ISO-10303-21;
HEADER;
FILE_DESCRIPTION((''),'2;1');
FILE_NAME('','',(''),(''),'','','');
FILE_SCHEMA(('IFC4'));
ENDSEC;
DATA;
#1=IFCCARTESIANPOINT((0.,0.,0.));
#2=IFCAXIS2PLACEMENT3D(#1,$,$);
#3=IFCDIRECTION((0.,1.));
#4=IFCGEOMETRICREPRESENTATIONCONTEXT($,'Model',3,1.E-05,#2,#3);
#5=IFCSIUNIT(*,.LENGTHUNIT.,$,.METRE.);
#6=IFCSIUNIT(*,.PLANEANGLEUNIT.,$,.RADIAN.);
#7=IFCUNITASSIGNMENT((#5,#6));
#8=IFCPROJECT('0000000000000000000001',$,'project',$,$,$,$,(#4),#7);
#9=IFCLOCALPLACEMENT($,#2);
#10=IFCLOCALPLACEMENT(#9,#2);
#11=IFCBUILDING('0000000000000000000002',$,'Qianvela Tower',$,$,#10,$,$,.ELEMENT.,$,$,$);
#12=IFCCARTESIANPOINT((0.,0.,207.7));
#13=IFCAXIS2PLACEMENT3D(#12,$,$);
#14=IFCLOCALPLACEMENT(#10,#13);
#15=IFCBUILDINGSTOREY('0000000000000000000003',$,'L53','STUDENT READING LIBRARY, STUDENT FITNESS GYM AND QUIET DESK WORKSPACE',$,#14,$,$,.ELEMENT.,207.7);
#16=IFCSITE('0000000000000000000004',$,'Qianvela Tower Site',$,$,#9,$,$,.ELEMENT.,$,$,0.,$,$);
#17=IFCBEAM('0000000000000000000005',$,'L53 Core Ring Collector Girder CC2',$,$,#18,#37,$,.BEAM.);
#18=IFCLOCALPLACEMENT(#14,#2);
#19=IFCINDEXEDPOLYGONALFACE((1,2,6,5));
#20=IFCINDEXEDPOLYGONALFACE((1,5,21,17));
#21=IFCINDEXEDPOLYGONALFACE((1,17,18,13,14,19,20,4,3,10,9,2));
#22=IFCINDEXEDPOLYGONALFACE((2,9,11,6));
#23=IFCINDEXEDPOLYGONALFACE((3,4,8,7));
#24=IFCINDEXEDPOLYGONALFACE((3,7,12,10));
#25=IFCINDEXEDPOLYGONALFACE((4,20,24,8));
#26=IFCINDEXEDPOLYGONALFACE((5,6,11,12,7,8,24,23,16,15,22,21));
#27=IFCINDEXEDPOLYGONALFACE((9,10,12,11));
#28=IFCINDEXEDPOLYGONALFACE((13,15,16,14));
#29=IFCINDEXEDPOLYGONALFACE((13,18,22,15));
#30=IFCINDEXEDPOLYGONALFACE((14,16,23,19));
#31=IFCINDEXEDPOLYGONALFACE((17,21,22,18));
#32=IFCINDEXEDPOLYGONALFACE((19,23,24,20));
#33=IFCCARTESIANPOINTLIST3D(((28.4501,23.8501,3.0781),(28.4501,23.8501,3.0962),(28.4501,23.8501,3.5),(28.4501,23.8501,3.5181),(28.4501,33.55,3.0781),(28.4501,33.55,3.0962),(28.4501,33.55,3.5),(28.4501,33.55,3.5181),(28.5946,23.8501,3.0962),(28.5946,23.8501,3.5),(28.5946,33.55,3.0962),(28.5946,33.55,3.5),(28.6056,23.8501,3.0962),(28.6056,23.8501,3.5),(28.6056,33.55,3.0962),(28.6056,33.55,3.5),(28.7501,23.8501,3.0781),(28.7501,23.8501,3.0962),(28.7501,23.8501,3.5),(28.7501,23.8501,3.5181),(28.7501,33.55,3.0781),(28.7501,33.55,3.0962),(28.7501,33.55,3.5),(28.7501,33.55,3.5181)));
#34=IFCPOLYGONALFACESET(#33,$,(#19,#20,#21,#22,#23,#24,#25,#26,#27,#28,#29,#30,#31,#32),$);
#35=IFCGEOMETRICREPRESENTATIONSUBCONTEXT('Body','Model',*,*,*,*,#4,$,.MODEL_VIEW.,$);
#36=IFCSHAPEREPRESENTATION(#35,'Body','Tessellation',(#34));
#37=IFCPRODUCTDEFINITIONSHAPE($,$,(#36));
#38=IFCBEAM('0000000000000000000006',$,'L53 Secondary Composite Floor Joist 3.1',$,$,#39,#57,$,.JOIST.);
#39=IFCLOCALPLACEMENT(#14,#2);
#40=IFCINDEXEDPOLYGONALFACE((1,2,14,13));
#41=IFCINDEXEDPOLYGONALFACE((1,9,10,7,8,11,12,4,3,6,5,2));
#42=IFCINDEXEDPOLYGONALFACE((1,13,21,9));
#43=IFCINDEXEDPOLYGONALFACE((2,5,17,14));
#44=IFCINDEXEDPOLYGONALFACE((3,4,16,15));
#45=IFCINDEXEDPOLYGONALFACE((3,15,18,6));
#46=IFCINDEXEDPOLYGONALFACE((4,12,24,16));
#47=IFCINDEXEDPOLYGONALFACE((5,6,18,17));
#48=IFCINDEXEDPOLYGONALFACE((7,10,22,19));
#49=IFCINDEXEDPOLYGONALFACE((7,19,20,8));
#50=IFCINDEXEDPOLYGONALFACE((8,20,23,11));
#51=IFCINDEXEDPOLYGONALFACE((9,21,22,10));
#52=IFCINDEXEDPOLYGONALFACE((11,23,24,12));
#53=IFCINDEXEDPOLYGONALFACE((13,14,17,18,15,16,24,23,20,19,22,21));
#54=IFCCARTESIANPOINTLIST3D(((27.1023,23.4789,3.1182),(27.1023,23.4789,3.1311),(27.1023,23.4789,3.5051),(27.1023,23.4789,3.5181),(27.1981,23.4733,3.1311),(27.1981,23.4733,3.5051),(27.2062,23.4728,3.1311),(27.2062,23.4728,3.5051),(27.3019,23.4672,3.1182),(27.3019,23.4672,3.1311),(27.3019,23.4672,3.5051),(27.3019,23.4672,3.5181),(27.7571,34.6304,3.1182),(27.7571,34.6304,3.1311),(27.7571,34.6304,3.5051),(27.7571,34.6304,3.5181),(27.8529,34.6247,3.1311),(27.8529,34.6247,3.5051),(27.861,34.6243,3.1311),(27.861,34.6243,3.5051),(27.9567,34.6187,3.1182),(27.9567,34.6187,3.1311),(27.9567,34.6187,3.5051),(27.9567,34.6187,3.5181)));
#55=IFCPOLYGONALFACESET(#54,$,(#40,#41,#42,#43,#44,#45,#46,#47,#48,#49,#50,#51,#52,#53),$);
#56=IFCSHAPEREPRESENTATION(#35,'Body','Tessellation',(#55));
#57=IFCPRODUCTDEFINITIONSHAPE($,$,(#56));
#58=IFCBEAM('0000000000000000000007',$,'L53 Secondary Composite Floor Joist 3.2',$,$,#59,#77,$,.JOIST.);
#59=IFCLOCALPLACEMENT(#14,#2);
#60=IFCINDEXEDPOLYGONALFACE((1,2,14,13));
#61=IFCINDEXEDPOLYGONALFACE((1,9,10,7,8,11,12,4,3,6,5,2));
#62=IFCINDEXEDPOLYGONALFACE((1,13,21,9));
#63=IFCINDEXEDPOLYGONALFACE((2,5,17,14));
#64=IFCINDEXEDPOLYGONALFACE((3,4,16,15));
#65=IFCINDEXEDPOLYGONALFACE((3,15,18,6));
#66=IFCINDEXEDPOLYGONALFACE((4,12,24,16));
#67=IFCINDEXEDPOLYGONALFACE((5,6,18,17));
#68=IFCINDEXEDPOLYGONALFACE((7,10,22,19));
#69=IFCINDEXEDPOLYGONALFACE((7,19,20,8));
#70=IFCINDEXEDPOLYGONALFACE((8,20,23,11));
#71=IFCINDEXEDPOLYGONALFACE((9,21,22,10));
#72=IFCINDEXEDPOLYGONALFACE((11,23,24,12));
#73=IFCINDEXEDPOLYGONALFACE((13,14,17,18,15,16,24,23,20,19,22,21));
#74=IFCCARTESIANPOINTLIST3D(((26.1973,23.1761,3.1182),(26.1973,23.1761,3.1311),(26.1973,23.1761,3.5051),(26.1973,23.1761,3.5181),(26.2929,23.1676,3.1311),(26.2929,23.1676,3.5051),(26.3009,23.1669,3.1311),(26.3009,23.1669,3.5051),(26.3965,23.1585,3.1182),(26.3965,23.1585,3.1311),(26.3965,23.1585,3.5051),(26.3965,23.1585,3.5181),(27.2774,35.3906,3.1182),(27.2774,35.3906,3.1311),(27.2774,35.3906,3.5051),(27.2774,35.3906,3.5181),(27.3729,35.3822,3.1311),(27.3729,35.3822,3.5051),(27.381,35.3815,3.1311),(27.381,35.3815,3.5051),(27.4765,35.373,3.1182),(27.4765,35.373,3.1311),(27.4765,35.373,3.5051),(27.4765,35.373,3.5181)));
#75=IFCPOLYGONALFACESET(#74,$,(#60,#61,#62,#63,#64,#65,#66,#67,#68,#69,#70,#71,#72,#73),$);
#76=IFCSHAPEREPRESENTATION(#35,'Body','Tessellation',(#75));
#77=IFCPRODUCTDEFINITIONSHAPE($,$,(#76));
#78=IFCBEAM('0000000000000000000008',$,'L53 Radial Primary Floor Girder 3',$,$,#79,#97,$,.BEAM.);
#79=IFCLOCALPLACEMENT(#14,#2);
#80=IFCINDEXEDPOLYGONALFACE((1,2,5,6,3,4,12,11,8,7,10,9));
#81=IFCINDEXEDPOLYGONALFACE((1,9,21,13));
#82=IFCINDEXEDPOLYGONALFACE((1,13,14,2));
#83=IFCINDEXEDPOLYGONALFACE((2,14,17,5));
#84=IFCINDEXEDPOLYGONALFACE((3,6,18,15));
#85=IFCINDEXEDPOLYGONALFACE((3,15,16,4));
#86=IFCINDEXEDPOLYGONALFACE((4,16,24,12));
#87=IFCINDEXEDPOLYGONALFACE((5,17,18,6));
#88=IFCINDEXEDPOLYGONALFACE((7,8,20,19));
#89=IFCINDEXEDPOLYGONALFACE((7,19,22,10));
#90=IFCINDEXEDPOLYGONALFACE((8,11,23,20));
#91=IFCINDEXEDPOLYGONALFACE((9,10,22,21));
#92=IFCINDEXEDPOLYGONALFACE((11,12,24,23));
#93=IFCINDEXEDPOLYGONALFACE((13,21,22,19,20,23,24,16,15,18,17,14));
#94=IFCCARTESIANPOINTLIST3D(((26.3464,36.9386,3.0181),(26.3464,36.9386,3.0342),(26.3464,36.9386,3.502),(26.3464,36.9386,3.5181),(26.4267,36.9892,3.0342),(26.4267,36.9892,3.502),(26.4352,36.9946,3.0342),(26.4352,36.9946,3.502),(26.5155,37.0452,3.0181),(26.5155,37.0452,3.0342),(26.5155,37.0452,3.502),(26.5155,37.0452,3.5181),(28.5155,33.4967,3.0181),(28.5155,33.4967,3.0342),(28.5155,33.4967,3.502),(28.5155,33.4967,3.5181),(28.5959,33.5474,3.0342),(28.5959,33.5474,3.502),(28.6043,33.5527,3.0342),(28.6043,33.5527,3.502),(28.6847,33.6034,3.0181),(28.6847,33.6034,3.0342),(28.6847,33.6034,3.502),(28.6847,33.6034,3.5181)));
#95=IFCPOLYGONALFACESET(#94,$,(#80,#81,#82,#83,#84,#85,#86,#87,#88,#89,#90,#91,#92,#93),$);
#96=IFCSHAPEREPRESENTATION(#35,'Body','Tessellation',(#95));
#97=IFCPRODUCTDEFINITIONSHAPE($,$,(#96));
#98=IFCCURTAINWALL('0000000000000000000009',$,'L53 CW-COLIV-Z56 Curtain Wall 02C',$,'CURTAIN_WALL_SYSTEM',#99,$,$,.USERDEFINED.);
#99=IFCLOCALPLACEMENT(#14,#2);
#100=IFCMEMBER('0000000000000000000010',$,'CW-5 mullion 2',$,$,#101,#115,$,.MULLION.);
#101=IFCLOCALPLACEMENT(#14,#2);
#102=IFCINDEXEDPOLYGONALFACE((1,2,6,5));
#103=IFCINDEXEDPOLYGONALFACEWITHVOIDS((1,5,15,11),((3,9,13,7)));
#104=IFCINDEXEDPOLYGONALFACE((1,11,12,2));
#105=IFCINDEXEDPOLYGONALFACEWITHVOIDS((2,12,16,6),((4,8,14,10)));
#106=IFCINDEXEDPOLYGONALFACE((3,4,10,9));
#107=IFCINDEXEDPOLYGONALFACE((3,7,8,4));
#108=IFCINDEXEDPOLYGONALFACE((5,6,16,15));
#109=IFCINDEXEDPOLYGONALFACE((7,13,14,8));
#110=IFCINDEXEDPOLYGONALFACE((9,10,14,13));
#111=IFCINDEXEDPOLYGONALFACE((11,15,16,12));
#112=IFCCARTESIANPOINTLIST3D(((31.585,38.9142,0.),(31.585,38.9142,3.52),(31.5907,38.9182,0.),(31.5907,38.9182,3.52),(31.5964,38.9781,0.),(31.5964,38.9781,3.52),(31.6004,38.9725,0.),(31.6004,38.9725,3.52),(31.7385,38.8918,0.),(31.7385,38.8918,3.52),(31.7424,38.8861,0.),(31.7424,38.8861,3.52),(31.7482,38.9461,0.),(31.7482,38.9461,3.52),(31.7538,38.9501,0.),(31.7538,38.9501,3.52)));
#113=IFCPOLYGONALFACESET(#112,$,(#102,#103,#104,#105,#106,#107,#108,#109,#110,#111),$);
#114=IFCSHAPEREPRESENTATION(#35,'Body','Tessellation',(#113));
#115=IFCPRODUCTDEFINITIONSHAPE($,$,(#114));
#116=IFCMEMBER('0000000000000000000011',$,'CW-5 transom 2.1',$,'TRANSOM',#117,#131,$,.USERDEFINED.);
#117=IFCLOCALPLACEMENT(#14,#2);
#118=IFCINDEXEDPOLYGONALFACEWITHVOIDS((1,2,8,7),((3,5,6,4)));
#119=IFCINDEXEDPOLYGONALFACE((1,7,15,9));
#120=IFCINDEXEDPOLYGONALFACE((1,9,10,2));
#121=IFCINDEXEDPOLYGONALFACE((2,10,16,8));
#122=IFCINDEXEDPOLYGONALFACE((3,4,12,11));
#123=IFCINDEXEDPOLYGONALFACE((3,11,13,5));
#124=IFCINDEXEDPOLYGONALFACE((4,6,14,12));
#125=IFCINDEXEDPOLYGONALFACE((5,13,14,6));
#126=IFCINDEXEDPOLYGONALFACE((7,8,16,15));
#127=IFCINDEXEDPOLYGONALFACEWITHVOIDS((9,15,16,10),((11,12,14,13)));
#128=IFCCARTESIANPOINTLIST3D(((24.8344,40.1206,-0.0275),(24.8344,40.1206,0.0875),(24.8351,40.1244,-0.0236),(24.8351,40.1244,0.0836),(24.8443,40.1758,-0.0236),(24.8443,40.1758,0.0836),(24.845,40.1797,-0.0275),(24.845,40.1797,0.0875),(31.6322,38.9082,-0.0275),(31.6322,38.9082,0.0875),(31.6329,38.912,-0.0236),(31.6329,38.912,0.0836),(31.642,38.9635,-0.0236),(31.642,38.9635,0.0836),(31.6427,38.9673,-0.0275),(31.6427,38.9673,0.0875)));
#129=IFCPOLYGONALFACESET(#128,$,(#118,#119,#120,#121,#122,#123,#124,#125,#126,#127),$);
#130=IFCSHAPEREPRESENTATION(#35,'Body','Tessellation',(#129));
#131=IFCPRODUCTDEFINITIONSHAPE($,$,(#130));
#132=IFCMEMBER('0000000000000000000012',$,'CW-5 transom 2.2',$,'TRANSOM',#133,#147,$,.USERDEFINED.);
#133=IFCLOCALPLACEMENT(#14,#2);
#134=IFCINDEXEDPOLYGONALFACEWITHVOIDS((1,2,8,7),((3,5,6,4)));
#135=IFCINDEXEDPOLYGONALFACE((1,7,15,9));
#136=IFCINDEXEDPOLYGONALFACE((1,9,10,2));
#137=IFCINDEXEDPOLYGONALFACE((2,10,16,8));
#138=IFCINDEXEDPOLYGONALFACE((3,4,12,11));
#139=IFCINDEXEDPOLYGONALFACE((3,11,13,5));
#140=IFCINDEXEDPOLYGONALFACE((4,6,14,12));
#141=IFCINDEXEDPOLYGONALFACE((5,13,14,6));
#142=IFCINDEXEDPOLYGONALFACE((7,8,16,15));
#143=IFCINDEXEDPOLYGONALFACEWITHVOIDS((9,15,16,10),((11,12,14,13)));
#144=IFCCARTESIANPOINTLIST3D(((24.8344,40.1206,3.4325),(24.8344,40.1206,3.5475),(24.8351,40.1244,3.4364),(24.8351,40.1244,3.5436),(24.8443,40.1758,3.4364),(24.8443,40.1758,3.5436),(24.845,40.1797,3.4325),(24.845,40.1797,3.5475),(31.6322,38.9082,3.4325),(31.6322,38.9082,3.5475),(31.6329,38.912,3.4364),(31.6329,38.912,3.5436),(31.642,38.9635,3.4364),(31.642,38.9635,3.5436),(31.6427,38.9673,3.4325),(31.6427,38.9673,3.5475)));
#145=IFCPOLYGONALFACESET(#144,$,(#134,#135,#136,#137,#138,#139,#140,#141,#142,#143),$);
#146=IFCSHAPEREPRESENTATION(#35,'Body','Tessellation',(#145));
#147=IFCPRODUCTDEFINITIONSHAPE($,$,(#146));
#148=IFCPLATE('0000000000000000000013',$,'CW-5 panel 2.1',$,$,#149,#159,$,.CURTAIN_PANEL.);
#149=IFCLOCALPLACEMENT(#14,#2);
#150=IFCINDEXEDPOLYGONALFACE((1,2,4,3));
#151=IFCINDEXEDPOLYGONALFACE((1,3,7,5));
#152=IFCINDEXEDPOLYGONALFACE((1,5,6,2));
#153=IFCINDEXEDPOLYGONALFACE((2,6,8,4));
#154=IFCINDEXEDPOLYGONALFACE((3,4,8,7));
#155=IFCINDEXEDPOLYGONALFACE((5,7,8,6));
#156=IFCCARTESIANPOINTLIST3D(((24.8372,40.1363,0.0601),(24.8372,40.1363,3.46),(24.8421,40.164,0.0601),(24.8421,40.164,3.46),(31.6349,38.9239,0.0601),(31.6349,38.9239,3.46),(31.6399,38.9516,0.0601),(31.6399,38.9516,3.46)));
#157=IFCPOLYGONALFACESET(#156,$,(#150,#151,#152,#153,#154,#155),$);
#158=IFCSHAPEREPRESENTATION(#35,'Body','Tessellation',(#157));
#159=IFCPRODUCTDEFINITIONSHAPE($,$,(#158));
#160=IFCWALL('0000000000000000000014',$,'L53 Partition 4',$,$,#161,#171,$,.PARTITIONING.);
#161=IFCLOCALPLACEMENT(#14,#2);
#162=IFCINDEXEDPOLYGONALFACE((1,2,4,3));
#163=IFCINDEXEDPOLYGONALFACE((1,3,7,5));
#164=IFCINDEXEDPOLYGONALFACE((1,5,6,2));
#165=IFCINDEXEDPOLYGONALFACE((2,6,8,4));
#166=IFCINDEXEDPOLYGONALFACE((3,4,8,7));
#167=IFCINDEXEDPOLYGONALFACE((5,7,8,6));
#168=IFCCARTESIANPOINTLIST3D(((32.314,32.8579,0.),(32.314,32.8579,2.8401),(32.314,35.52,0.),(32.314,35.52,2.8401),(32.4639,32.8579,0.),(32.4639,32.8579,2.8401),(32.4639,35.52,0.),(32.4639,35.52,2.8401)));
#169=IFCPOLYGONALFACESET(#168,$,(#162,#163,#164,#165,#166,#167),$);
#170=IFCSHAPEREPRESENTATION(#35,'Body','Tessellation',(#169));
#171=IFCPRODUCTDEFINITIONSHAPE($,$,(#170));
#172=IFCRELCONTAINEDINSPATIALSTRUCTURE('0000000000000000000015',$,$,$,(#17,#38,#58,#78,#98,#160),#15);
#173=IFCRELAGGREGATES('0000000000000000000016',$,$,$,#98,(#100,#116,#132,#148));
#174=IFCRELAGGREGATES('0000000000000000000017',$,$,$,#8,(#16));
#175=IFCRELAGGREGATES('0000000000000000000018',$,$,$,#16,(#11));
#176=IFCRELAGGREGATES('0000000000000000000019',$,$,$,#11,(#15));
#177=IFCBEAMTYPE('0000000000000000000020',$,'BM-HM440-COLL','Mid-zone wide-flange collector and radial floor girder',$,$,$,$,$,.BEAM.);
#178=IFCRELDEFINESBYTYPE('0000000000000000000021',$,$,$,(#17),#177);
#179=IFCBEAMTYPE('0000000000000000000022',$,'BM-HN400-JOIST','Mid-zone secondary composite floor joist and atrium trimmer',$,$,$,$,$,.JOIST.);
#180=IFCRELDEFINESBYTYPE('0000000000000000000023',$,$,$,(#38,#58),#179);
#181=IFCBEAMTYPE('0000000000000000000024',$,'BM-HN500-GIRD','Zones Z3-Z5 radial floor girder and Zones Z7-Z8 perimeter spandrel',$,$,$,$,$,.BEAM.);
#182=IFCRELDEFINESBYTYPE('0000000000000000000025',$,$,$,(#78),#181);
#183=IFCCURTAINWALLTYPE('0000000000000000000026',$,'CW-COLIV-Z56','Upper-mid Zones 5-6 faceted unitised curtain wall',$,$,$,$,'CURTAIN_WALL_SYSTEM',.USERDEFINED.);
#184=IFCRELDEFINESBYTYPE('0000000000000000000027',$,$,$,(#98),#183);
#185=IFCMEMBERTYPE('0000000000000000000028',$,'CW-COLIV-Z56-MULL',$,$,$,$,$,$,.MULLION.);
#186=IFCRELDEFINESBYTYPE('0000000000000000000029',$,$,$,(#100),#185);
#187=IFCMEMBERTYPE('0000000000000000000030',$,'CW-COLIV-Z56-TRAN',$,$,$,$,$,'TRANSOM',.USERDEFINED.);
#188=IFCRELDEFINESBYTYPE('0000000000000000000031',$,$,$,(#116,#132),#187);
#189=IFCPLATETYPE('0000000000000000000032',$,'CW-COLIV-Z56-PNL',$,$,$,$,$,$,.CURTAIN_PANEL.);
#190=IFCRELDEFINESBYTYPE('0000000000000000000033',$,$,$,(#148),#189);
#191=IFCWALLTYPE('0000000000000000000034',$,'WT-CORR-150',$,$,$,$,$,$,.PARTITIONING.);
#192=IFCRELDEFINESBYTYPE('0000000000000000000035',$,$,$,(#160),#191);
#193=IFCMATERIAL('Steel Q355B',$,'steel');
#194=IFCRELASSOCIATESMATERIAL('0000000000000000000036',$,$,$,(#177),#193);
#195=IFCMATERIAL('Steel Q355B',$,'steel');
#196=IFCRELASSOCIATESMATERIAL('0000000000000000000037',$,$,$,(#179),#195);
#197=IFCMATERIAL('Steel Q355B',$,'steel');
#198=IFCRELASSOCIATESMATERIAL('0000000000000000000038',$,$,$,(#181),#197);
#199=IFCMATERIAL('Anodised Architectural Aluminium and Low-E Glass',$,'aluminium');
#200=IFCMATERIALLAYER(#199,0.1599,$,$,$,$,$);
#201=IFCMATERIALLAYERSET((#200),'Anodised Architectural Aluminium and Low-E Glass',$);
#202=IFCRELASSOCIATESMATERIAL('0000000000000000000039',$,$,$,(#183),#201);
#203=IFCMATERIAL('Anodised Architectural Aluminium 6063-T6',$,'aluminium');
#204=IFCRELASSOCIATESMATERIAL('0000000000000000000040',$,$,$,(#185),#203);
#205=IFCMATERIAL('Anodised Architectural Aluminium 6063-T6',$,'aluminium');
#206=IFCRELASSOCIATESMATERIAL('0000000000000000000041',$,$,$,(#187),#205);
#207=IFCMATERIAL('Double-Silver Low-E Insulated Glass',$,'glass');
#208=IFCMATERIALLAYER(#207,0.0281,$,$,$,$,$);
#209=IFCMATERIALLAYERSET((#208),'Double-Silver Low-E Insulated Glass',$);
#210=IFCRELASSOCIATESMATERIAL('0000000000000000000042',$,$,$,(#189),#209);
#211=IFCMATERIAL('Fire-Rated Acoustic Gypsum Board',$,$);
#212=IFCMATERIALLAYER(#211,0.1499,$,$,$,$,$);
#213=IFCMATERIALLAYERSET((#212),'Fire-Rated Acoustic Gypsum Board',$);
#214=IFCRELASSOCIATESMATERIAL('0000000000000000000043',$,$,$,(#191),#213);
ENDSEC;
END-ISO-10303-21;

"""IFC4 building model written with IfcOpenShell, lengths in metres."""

from ifc_helpers import new_model, si_unit, direction, frame, frame_2d, origin, origin_2d, place, context, subcontext, project, spatial, rectangle, hollow_rectangle, i_section, extrude, material, layer, layer_set, material_profile, profile_set, type_object, element, aggregate, save


model = new_model("IFC4")

# Units and contexts
model_context = context("Model", 3, precision=1e-05, world=origin(), true_north=direction((0.0, 1.0)))
body_context = subcontext(model_context, "Body", "Model", "MODEL_VIEW")
ifc_project = project(units=[si_unit("LENGTHUNIT", "METRE"), si_unit("PLANEANGLEUNIT", "RADIAN")], contexts=[model_context])

# Site, building, storey
site_placement = place(None, origin())
site = spatial("IfcSite", under=ifc_project, at=site_placement, Name="Qianvela Tower Site", CompositionType="ELEMENT", RefElevation=0.0)
building_placement = place(site_placement, origin())
building = spatial("IfcBuilding", under=site, at=building_placement, Name="Qianvela Tower", CompositionType="ELEMENT")
storey_placement = place(building_placement, frame((0.0, 0.0, 207.7)))
storey = spatial("IfcBuildingStorey", under=building, at=storey_placement, Name="L53", Description="STUDENT READING LIBRARY, STUDENT FITNESS GYM AND QUIET DESK WORKSPACE", CompositionType="ELEMENT", Elevation=207.7)

# Beams
ifc_material_1 = material(Name="Steel Q355B", Category="steel")
ifc_material_profile_1 = material_profile(ifc_material_1, i_section(OverallWidth=0.3, OverallDepth=0.4399, WebThickness=0.011, FlangeThickness=0.0181, at=origin_2d()), Name="HM440x300x11x18")
ifc_profile_set_1 = profile_set([ifc_material_profile_1], Name="Steel Q355B")
beam_type_1 = type_object("IfcBeamType", Name="BM-HM440-COLL", Description="Mid-zone wide-flange collector and radial floor girder", PredefinedType="BEAM", material=ifc_profile_set_1)
beam_1_placement = place(storey_placement, frame((28.6001, 33.55, 3.2981), z_axis=(0.0, -1.0, 0.0), x_axis=(1.0, 0.0, 0.0)))
element("IfcBeam", 1, at=beam_1_placement, inside=storey, type_object=beam_type_1, Name="L53 Core Ring Collector Girder CC2", PredefinedType="BEAM", context=body_context, shape_type="SweptSolid", body=[
    extrude(i_section(OverallWidth=0.3, OverallDepth=0.4399, WebThickness=0.011, FlangeThickness=0.0181, at=origin_2d()), origin(), (0.0, 0.0, 1.0), 9.7),
])
ifc_material_2 = material(Name="Steel Q355B", Category="steel")
ifc_material_profile_2 = material_profile(ifc_material_2, i_section(OverallWidth=0.2, OverallDepth=0.3999, WebThickness=0.0081, FlangeThickness=0.0129, at=origin_2d()), Name="HN400x200x8x13")
ifc_profile_set_2 = profile_set([ifc_material_profile_2], Name="Steel Q355B")
beam_type_2 = type_object("IfcBeamType", Name="BM-HN400-JOIST", Description="Mid-zone secondary composite floor joist and atrium trimmer", PredefinedType="JOIST", material=ifc_profile_set_2)
beam_2_placement = place(storey_placement, frame((27.8569, 34.6245, 3.3181), z_axis=(-0.058617, -0.998281, 0.0), x_axis=(0.998281, -0.058617, 0.0)))
element("IfcBeam", 2, at=beam_2_placement, inside=storey, type_object=beam_type_2, Name="L53 Secondary Composite Floor Joist 3.1", PredefinedType="JOIST", context=body_context, shape_type="SweptSolid", body=[
    extrude(i_section(OverallWidth=0.2, OverallDepth=0.3999, WebThickness=0.0081, FlangeThickness=0.0129, at=origin_2d()), origin(), (0.0, 0.0, 1.0), 11.1707),
])
beam_3_placement = place(storey_placement, frame((27.377, 35.3818, 3.3181), z_axis=(-0.088081, -0.996113, 0.0), x_axis=(0.996113, -0.088081, 0.0)))
element("IfcBeam", 3, at=beam_3_placement, inside=storey, type_object=beam_type_2, Name="L53 Secondary Composite Floor Joist 3.2", PredefinedType="JOIST", context=body_context, shape_type="SweptSolid", body=[
    extrude(i_section(OverallWidth=0.2, OverallDepth=0.3999, WebThickness=0.0081, FlangeThickness=0.0129, at=origin_2d()), origin(), (0.0, 0.0, 1.0), 12.2622),
])
ifc_material_3 = material(Name="Steel Q355B", Category="steel")
ifc_material_profile_3 = material_profile(ifc_material_3, i_section(OverallWidth=0.2, OverallDepth=0.5, WebThickness=0.01, FlangeThickness=0.0161, at=origin_2d()), Name="HN500x200x10x16")
ifc_profile_set_3 = profile_set([ifc_material_profile_3], Name="Steel Q355B")
beam_type_3 = type_object("IfcBeamType", Name="BM-HN500-GIRD", Description="Zones Z3-Z5 radial floor girder and Zones Z7-Z8 perimeter spandrel", PredefinedType="BEAM", material=ifc_profile_set_3)
beam_4_placement = place(storey_placement, frame((28.6001, 33.55, 3.2681), z_axis=(-0.533178, 0.846003, 0.0), x_axis=(-0.846003, -0.533178, 0.0)))
element("IfcBeam", 4, at=beam_4_placement, inside=storey, type_object=beam_type_3, Name="L53 Radial Primary Floor Girder 3", PredefinedType="BEAM", context=body_context, shape_type="SweptSolid", body=[
    extrude(i_section(OverallWidth=0.2, OverallDepth=0.5, WebThickness=0.01, FlangeThickness=0.0161, at=origin_2d()), origin(), (0.0, 0.0, 1.0), 4.0684),
])

# Curtain wall, members, plate
ifc_material_4 = material(Name="Anodised Architectural Aluminium and Low-E Glass", Category="aluminium")
ifc_layer_1 = layer(ifc_material_4, 0.1599)
ifc_layer_set_1 = layer_set([ifc_layer_1], Name="Anodised Architectural Aluminium and Low-E Glass")
curtain_wall_type = type_object("IfcCurtainWallType", Name="CW-COLIV-Z56", Description="Upper-mid Zones 5-6 faceted unitised curtain wall", ElementType="CURTAIN_WALL_SYSTEM", PredefinedType="USERDEFINED", material=ifc_layer_set_1)
curtain_wall_placement = place(storey_placement, origin())
curtain_wall = element("IfcCurtainWall", 5, at=curtain_wall_placement, inside=storey, type_object=curtain_wall_type, Name="L53 CW-COLIV-Z56 Curtain Wall 02C", ObjectType="CURTAIN_WALL_SYSTEM", PredefinedType="USERDEFINED")
ifc_material_5 = material(Name="Anodised Architectural Aluminium 6063-T6", Category="aluminium")
ifc_material_profile_4 = material_profile(ifc_material_5, hollow_rectangle(XDim=0.0649, YDim=0.1599, WallThickness=0.0049, at=origin_2d()), Name="ALU-MULL-65x160")
ifc_profile_set_4 = profile_set([ifc_material_profile_4], Name="Anodised Architectural Aluminium 6063-T6")
member_type_1 = type_object("IfcMemberType", Name="CW-COLIV-Z56-MULL", PredefinedType="MULLION", material=ifc_profile_set_4)
member_1_placement = place(storey_placement, frame((31.6694, 38.9321, 0.0), z_axis=(0.0, 0.0, 1.0), x_axis=(-0.175586, -0.984464, 0.0)))
member_1 = element("IfcMember", 6, at=member_1_placement, type_object=member_type_1, Name="CW-5 mullion 2", PredefinedType="MULLION", context=body_context, shape_type="SweptSolid", body=[
    extrude(hollow_rectangle(XDim=0.0649, YDim=0.1599, WallThickness=0.0049, at=origin_2d()), origin(), (0.0, 0.0, 1.0), 3.52),
])
ifc_material_6 = material(Name="Anodised Architectural Aluminium 6063-T6", Category="aluminium")
ifc_material_profile_5 = material_profile(ifc_material_6, hollow_rectangle(XDim=0.0601, YDim=0.115, WallThickness=0.0039, at=origin_2d()), Name="ALU-TRAN-60x115")
ifc_profile_set_5 = profile_set([ifc_material_profile_5], Name="Anodised Architectural Aluminium 6063-T6")
member_type_2 = type_object("IfcMemberType", Name="CW-COLIV-Z56-TRAN", ElementType="TRANSOM", PredefinedType="USERDEFINED", material=ifc_profile_set_5)
member_2_placement = place(storey_placement, frame((31.6375, 38.9377, 0.03), z_axis=(-0.984465, 0.17558, 0.0), x_axis=(-0.17558, -0.984465, 0.0)))
member_2 = element("IfcMember", 7, at=member_2_placement, type_object=member_type_2, Name="CW-5 transom 2.1", ObjectType="TRANSOM", PredefinedType="USERDEFINED", context=body_context, shape_type="SweptSolid", body=[
    extrude(hollow_rectangle(XDim=0.0601, YDim=0.115, WallThickness=0.0039, at=origin_2d()), origin(), (0.0, 0.0, 1.0), 6.905),
])
member_3_placement = place(storey_placement, frame((31.6375, 38.9377, 3.49), z_axis=(-0.984465, 0.17558, 0.0), x_axis=(-0.17558, -0.984465, 0.0)))
member_3 = element("IfcMember", 8, at=member_3_placement, type_object=member_type_2, Name="CW-5 transom 2.2", ObjectType="TRANSOM", PredefinedType="USERDEFINED", context=body_context, shape_type="SweptSolid", body=[
    extrude(hollow_rectangle(XDim=0.0601, YDim=0.115, WallThickness=0.0039, at=origin_2d()), origin(), (0.0, 0.0, 1.0), 6.905),
])
ifc_material_7 = material(Name="Double-Silver Low-E Insulated Glass", Category="glass")
ifc_layer_2 = layer(ifc_material_7, 0.0281)
ifc_layer_set_2 = layer_set([ifc_layer_2], Name="Double-Silver Low-E Insulated Glass")
plate_type = type_object("IfcPlateType", Name="CW-COLIV-Z56-PNL", PredefinedType="CURTAIN_PANEL", material=ifc_layer_set_2)
plate_placement = place(storey_placement, frame((28.2385, 39.5439, 0.0601), z_axis=(0.0, 0.0, 1.0), x_axis=(-0.984464, 0.175586, 0.0)))
plate = element("IfcPlate", 9, at=plate_placement, type_object=plate_type, Name="CW-5 panel 2.1", PredefinedType="CURTAIN_PANEL", context=body_context, shape_type="SweptSolid", body=[
    extrude(rectangle(XDim=6.905, YDim=0.0281, at=origin_2d()), origin(), (0.0, 0.0, 1.0), 3.3999),
])
aggregate(curtain_wall, [member_1, member_2, member_3, plate])

# Shared definitions
ifc_material_8 = material(Name="Fire-Rated Acoustic Gypsum Board")
ifc_layer_3 = layer(ifc_material_8, 0.1499)
ifc_layer_set_3 = layer_set([ifc_layer_3], Name="Fire-Rated Acoustic Gypsum Board")
wall_type_1 = type_object("IfcWallType", Name="WT-CORR-150", PredefinedType="PARTITIONING", material=ifc_layer_set_3)

# Wall
wall_1_placement = place(storey_placement, frame((32.3889, 35.52, 0.0), z_axis=(0.0, 0.0, 1.0), x_axis=(0.0, -1.0, 0.0)))
element("IfcWall", 10, at=wall_1_placement, inside=storey, type_object=wall_type_1, Name="L53 Partition 4", PredefinedType="PARTITIONING", context=body_context, shape_type="SweptSolid", body=[
    extrude(rectangle(XDim=2.6621, YDim=0.1499, at=frame_2d((1.3311, 0.0))), origin(), (0.0, 0.0, 1.0), 2.8401),
])

save(model, "model.ifc")
